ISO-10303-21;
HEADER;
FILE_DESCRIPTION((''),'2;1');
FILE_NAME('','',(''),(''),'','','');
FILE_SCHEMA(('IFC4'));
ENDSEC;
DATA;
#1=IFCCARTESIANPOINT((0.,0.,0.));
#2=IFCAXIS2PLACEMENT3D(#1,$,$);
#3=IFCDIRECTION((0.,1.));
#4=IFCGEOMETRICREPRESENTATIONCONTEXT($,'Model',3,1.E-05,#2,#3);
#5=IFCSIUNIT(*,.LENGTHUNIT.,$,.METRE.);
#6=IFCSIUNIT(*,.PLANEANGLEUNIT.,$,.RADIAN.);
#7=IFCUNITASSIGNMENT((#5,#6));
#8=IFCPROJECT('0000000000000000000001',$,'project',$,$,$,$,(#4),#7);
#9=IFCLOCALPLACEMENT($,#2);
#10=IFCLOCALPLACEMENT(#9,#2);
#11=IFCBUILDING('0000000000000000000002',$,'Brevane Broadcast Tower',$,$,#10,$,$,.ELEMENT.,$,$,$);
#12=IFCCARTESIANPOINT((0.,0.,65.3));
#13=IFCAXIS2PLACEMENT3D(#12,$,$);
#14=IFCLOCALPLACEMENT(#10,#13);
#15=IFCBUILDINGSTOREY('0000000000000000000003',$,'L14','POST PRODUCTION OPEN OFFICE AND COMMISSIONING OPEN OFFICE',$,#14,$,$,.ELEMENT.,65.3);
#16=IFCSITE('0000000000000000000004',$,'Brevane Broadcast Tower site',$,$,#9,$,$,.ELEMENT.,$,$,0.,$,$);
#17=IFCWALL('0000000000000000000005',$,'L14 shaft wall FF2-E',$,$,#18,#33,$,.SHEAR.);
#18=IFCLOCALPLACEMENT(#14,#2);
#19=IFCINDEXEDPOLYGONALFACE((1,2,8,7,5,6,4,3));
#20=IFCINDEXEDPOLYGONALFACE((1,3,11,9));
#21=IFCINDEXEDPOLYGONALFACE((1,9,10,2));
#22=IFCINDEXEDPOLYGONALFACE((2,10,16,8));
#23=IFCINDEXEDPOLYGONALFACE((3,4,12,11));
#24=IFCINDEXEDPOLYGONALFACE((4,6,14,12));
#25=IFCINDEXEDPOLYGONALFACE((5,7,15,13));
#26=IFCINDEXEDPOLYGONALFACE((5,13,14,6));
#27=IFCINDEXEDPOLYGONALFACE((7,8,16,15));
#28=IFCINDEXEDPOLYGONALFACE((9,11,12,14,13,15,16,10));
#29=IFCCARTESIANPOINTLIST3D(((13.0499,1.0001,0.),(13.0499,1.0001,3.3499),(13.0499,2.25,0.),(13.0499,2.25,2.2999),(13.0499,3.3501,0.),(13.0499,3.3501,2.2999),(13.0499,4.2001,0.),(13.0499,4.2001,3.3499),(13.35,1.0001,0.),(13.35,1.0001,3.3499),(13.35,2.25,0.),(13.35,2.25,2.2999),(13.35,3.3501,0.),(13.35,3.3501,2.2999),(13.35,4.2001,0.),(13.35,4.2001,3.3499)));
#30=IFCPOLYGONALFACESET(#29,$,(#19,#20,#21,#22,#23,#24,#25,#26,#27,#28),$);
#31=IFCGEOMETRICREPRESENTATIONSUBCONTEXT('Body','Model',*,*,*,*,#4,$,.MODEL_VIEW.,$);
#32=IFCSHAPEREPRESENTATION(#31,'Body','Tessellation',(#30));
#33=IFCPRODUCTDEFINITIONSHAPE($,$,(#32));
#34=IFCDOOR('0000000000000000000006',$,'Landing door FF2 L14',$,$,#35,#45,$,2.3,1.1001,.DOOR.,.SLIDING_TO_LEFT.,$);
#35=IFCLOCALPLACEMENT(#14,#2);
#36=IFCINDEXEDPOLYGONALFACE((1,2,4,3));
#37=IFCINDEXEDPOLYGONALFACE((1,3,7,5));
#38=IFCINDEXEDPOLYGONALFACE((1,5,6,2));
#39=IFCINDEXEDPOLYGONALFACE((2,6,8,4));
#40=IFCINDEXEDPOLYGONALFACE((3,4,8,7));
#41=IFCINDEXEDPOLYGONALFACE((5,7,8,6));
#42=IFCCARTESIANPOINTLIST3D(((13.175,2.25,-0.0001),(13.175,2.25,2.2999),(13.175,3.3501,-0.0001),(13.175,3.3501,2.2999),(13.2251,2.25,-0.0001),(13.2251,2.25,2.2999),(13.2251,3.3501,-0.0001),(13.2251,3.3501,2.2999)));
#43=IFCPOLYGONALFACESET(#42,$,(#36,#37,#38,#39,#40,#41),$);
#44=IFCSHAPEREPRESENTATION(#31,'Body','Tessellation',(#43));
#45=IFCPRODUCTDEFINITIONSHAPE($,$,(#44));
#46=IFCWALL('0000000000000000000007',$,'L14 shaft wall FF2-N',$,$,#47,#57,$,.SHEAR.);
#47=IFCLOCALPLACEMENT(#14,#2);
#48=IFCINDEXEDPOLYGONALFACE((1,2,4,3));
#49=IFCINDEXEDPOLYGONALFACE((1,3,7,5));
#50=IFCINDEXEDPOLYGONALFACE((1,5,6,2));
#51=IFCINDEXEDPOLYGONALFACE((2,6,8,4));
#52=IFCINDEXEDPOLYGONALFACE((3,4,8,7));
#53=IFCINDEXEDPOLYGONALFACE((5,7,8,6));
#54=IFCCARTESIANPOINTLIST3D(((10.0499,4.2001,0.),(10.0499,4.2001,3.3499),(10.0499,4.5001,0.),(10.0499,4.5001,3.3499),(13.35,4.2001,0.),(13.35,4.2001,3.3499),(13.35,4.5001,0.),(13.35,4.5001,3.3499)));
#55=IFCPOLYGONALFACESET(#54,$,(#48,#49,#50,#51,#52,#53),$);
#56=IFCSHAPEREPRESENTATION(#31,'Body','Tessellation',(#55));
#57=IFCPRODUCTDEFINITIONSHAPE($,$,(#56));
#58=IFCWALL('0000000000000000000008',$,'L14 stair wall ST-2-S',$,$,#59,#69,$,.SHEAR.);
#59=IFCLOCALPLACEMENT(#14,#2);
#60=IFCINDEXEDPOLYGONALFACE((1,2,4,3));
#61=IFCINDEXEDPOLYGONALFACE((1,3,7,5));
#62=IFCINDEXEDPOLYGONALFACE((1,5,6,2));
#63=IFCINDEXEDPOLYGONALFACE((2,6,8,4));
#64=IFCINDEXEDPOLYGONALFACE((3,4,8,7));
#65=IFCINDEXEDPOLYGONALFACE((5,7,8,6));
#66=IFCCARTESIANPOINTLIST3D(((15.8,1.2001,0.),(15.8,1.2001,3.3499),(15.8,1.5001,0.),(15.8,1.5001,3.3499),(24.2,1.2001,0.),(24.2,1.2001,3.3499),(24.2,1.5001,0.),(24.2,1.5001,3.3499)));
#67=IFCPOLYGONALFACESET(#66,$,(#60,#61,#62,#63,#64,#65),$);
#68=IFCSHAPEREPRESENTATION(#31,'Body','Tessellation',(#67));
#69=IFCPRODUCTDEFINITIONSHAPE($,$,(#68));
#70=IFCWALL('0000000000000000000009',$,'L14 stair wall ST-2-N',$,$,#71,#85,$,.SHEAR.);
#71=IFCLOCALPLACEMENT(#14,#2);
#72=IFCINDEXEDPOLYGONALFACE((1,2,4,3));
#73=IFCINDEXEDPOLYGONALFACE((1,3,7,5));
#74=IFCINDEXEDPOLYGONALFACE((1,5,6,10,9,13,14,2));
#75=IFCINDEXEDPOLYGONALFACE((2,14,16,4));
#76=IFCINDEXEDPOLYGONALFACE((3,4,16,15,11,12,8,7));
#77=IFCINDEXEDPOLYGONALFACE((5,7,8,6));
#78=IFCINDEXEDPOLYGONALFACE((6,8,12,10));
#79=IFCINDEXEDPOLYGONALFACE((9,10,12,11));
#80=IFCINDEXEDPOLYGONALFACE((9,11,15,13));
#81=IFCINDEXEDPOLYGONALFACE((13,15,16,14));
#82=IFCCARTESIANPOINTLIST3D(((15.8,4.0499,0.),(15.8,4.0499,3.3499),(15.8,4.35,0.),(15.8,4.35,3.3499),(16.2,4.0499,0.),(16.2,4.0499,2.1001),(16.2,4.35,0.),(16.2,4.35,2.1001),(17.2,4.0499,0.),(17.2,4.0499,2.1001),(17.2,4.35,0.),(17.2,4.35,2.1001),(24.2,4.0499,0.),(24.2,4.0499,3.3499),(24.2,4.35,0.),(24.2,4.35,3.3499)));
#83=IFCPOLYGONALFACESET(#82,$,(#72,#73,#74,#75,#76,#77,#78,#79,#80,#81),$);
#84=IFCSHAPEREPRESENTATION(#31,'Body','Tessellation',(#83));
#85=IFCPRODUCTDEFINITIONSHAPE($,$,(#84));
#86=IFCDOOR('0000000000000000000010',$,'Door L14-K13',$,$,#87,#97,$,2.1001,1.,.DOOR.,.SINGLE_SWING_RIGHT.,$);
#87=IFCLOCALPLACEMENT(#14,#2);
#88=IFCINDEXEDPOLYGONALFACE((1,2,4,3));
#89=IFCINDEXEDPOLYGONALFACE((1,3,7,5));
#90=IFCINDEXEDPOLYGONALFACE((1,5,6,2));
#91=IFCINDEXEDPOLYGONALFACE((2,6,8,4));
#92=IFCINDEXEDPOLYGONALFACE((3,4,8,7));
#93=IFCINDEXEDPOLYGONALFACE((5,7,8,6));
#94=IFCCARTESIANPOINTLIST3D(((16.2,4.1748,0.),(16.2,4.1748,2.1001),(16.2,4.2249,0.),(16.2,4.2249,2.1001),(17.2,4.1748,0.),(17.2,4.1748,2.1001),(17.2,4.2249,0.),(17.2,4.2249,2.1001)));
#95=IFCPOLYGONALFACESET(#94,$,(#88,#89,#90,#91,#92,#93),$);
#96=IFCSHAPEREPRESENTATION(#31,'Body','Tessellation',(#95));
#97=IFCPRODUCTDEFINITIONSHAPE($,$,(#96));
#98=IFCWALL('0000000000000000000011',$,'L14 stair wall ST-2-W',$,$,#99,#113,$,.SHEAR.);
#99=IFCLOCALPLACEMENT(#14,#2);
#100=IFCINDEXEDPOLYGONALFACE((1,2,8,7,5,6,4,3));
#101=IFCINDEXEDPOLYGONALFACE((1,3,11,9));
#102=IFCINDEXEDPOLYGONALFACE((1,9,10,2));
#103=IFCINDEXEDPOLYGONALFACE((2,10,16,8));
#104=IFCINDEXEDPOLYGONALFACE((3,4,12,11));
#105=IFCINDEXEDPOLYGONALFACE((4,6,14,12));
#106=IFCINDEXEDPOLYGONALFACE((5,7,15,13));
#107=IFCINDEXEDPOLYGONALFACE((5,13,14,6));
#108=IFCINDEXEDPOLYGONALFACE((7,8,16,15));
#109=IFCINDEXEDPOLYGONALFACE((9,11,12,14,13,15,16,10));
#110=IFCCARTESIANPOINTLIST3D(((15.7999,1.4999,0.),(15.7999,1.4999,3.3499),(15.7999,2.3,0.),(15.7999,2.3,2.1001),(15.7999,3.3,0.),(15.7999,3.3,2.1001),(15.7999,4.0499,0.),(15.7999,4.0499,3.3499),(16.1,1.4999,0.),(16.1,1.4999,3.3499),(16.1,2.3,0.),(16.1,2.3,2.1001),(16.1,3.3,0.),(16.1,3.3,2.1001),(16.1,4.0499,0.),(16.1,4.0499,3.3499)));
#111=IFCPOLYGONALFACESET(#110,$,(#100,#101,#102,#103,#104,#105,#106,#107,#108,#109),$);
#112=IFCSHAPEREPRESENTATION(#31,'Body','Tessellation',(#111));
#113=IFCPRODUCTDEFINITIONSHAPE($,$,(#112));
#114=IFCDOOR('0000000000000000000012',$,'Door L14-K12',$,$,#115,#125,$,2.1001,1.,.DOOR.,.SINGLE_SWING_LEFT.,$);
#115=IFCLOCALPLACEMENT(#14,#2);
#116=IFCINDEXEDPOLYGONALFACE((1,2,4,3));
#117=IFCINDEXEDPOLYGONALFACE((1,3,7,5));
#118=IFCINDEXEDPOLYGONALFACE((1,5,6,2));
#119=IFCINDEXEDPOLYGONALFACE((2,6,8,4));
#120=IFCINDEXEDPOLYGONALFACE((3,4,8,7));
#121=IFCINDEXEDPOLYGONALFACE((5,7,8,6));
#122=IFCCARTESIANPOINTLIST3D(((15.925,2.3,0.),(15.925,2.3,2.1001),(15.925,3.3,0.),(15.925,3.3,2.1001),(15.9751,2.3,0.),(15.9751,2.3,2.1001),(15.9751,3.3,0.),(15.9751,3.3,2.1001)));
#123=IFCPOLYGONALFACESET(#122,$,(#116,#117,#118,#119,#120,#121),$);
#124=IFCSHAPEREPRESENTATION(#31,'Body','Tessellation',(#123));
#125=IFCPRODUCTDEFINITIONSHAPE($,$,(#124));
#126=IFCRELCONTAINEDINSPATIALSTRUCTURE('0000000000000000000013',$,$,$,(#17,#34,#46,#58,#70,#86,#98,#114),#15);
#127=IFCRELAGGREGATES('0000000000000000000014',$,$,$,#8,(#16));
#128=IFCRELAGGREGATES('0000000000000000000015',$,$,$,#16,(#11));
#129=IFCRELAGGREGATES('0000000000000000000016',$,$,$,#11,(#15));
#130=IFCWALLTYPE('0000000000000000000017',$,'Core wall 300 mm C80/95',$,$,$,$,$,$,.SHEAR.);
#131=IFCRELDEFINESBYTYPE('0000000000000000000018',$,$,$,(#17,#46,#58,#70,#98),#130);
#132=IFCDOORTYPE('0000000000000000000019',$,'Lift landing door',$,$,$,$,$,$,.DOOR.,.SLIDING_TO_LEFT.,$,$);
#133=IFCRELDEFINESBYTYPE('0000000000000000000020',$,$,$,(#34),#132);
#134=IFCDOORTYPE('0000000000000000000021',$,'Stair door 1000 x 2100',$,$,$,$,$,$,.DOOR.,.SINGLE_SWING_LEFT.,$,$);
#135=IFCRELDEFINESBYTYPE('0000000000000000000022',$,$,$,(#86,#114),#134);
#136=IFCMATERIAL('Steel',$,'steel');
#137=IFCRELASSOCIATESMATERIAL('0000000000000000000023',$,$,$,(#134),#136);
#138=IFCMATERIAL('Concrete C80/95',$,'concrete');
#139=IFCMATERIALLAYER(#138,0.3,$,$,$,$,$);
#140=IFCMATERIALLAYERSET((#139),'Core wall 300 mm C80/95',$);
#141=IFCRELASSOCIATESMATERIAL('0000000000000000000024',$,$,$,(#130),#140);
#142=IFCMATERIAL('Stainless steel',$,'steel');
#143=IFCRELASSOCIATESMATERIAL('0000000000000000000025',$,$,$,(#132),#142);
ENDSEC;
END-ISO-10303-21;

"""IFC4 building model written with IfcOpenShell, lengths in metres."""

from ifc_helpers import new_model, si_unit, direction, frame, frame_2d, origin, place, context, subcontext, project, spatial, rectangle, extrude, material, layer, layer_set, type_object, element, fill, save


model = new_model("IFC4")

# Units and contexts
model_context = context("Model", 3, precision=1e-05, world=origin(), true_north=direction((0.0, 1.0)))
body_context = subcontext(model_context, "Body", "Model", "MODEL_VIEW")
ifc_project = project(units=[si_unit("LENGTHUNIT", "METRE"), si_unit("PLANEANGLEUNIT", "RADIAN")], contexts=[model_context])

# Site, building, storey
site_placement = place(None, origin())
site = spatial("IfcSite", under=ifc_project, at=site_placement, Name="Brevane Broadcast Tower site", CompositionType="ELEMENT", RefElevation=0.0)
building_placement = place(site_placement, origin())
building = spatial("IfcBuilding", under=site, at=building_placement, Name="Brevane Broadcast Tower", CompositionType="ELEMENT")
storey_placement = place(building_placement, frame((0.0, 0.0, 65.3)))
storey = spatial("IfcBuildingStorey", under=building, at=storey_placement, Name="L14", Description="POST PRODUCTION OPEN OFFICE AND COMMISSIONING OPEN OFFICE", CompositionType="ELEMENT", Elevation=65.3)

# Shared definitions
ifc_material_1 = material(Name="Steel", Category="steel")
door_type_1 = type_object("IfcDoorType", Name="Stair door 1000 x 2100", OperationType="SINGLE_SWING_LEFT", PredefinedType="DOOR", material=ifc_material_1)

# Shared definitions
ifc_material_2 = material(Name="Concrete C80/95", Category="concrete")
ifc_layer_1 = layer(ifc_material_2, 0.3)
ifc_layer_set_1 = layer_set([ifc_layer_1], Name="Core wall 300 mm C80/95")
wall_type_1 = type_object("IfcWallType", Name="Core wall 300 mm C80/95", PredefinedType="SHEAR", material=ifc_layer_set_1)

# Wall, opening, door
wall_1_placement = place(storey_placement, frame((13.2, 1.0, 0.0), z_axis=(0.0, 0.0, 1.0), x_axis=(0.0, 1.0, 0.0)))
wall_1 = element("IfcWall", 1, at=wall_1_placement, inside=storey, type_object=wall_type_1, Name="L14 shaft wall FF2-E", PredefinedType="SHEAR", context=body_context, shape_type="SweptSolid", body=[
    extrude(rectangle(XDim=3.2, YDim=0.3, at=frame_2d((1.6001, 0.0))), origin(), (0.0, 0.0, 1.0), 3.3499),
])
opening_1_placement = place(wall_1_placement, frame((1.25, 0.0, 0.0)))
opening_1 = element("IfcOpeningElement", 2, at=opening_1_placement, cuts=wall_1, PredefinedType="OPENING", context=body_context, shape_type="SweptSolid", body=[
    extrude(rectangle(XDim=1.1001, YDim=2.3, at=frame_2d((0.55, 1.1499))), frame((0.0, 0.1599, 0.0), z_axis=(0.0, -1.0, 0.0), x_axis=(1.0, 0.0, 0.0)), (0.0, 0.0, 1.0), 0.3201),
])
ifc_material_3 = material(Name="Stainless steel", Category="steel")
door_type_2 = type_object("IfcDoorType", Name="Lift landing door", OperationType="SLIDING_TO_LEFT", PredefinedType="DOOR", material=ifc_material_3)
door_1_placement = place(opening_1_placement, origin())
door_1 = element("IfcDoor", 3, at=door_1_placement, inside=storey, type_object=door_type_2, Name="Landing door FF2 L14", OperationType="SLIDING_TO_LEFT", OverallHeight=2.3, OverallWidth=1.1001, PredefinedType="DOOR", context=body_context, shape_type="SweptSolid", body=[
    extrude(rectangle(XDim=1.1001, YDim=2.3, at=frame_2d((0.55, 1.1499))), frame((0.0, 0.0249, 0.0), z_axis=(0.0, -1.0, 0.0), x_axis=(1.0, 0.0, 0.0)), (0.0, 0.0, 1.0), 0.05),
])
fill(opening_1, door_1)

# Walls
wall_2_placement = place(storey_placement, frame((10.05, 4.3501, 0.0), z_axis=(0.0, 0.0, 1.0), x_axis=(1.0, 0.0, 0.0)))
element("IfcWall", 4, at=wall_2_placement, inside=storey, type_object=wall_type_1, Name="L14 shaft wall FF2-N", PredefinedType="SHEAR", context=body_context, shape_type="SweptSolid", body=[
    extrude(rectangle(XDim=3.3, YDim=0.3, at=frame_2d((1.6499, 0.0))), origin(), (0.0, 0.0, 1.0), 3.3499),
])
wall_3_placement = place(storey_placement, frame((15.8, 1.3501, 0.0), z_axis=(0.0, 0.0, 1.0), x_axis=(1.0, 0.0, 0.0)))
element("IfcWall", 5, at=wall_3_placement, inside=storey, type_object=wall_type_1, Name="L14 stair wall ST-2-S", PredefinedType="SHEAR", context=body_context, shape_type="SweptSolid", body=[
    extrude(rectangle(XDim=8.3999, YDim=0.3, at=frame_2d((4.2, 0.0))), origin(), (0.0, 0.0, 1.0), 3.3499),
])

# Walls, openings, doors
wall_4_placement = place(storey_placement, frame((15.8, 4.2, 0.0), z_axis=(0.0, 0.0, 1.0), x_axis=(1.0, 0.0, 0.0)))
wall_4 = element("IfcWall", 6, at=wall_4_placement, inside=storey, type_object=wall_type_1, Name="L14 stair wall ST-2-N", PredefinedType="SHEAR", context=body_context, shape_type="SweptSolid", body=[
    extrude(rectangle(XDim=8.3999, YDim=0.3, at=frame_2d((4.2, 0.0))), origin(), (0.0, 0.0, 1.0), 3.3499),
])
opening_2_placement = place(wall_4_placement, frame((0.3999, 0.0, 0.0)))
opening_2 = element("IfcOpeningElement", 7, at=opening_2_placement, cuts=wall_4, PredefinedType="OPENING", context=body_context, shape_type="SweptSolid", body=[
    extrude(rectangle(XDim=1.0, YDim=2.1001, at=frame_2d((0.5, 1.05))), frame((0.0, 0.1599, 0.0), z_axis=(0.0, -1.0, 0.0), x_axis=(1.0, 0.0, 0.0)), (0.0, 0.0, 1.0), 0.3201),
])
door_2_placement = place(opening_2_placement, origin())
door_2 = element("IfcDoor", 8, at=door_2_placement, inside=storey, type_object=door_type_1, Name="Door L14-K13", OperationType="SINGLE_SWING_RIGHT", OverallHeight=2.1001, OverallWidth=1.0, PredefinedType="DOOR", context=body_context, shape_type="SweptSolid", body=[
    extrude(rectangle(XDim=1.0, YDim=2.1001, at=frame_2d((0.5, 1.05))), frame((0.0, 0.0249, 0.0), z_axis=(0.0, -1.0, 0.0), x_axis=(1.0, 0.0, 0.0)), (0.0, 0.0, 1.0), 0.05),
])
fill(opening_2, door_2)
wall_5_placement = place(storey_placement, frame((15.95, 1.5, 0.0), z_axis=(0.0, 0.0, 1.0), x_axis=(0.0, 1.0, 0.0)))
wall_5 = element("IfcWall", 9, at=wall_5_placement, inside=storey, type_object=wall_type_1, Name="L14 stair wall ST-2-W", PredefinedType="SHEAR", context=body_context, shape_type="SweptSolid", body=[
    extrude(rectangle(XDim=2.55, YDim=0.3, at=frame_2d((1.2749, 0.0))), origin(), (0.0, 0.0, 1.0), 3.3499),
])
opening_3_placement = place(wall_5_placement, frame((0.8, 0.0, 0.0)))
opening_3 = element("IfcOpeningElement", 10, at=opening_3_placement, cuts=wall_5, PredefinedType="OPENING", context=body_context, shape_type="SweptSolid", body=[
    extrude(rectangle(XDim=1.0, YDim=2.1001, at=frame_2d((0.5, 1.05))), frame((0.0, 0.1599, 0.0), z_axis=(0.0, -1.0, 0.0), x_axis=(1.0, 0.0, 0.0)), (0.0, 0.0, 1.0), 0.3201),
])
door_3_placement = place(opening_3_placement, origin())
door_3 = element("IfcDoor", 11, at=door_3_placement, inside=storey, type_object=door_type_1, Name="Door L14-K12", OperationType="SINGLE_SWING_LEFT", OverallHeight=2.1001, OverallWidth=1.0, PredefinedType="DOOR", context=body_context, shape_type="SweptSolid", body=[
    extrude(rectangle(XDim=1.0, YDim=2.1001, at=frame_2d((0.5, 1.05))), frame((0.0, 0.0249, 0.0), z_axis=(0.0, -1.0, 0.0), x_axis=(1.0, 0.0, 0.0)), (0.0, 0.0, 1.0), 0.05),
])
fill(opening_3, door_3)

save(model, "model.ifc")
